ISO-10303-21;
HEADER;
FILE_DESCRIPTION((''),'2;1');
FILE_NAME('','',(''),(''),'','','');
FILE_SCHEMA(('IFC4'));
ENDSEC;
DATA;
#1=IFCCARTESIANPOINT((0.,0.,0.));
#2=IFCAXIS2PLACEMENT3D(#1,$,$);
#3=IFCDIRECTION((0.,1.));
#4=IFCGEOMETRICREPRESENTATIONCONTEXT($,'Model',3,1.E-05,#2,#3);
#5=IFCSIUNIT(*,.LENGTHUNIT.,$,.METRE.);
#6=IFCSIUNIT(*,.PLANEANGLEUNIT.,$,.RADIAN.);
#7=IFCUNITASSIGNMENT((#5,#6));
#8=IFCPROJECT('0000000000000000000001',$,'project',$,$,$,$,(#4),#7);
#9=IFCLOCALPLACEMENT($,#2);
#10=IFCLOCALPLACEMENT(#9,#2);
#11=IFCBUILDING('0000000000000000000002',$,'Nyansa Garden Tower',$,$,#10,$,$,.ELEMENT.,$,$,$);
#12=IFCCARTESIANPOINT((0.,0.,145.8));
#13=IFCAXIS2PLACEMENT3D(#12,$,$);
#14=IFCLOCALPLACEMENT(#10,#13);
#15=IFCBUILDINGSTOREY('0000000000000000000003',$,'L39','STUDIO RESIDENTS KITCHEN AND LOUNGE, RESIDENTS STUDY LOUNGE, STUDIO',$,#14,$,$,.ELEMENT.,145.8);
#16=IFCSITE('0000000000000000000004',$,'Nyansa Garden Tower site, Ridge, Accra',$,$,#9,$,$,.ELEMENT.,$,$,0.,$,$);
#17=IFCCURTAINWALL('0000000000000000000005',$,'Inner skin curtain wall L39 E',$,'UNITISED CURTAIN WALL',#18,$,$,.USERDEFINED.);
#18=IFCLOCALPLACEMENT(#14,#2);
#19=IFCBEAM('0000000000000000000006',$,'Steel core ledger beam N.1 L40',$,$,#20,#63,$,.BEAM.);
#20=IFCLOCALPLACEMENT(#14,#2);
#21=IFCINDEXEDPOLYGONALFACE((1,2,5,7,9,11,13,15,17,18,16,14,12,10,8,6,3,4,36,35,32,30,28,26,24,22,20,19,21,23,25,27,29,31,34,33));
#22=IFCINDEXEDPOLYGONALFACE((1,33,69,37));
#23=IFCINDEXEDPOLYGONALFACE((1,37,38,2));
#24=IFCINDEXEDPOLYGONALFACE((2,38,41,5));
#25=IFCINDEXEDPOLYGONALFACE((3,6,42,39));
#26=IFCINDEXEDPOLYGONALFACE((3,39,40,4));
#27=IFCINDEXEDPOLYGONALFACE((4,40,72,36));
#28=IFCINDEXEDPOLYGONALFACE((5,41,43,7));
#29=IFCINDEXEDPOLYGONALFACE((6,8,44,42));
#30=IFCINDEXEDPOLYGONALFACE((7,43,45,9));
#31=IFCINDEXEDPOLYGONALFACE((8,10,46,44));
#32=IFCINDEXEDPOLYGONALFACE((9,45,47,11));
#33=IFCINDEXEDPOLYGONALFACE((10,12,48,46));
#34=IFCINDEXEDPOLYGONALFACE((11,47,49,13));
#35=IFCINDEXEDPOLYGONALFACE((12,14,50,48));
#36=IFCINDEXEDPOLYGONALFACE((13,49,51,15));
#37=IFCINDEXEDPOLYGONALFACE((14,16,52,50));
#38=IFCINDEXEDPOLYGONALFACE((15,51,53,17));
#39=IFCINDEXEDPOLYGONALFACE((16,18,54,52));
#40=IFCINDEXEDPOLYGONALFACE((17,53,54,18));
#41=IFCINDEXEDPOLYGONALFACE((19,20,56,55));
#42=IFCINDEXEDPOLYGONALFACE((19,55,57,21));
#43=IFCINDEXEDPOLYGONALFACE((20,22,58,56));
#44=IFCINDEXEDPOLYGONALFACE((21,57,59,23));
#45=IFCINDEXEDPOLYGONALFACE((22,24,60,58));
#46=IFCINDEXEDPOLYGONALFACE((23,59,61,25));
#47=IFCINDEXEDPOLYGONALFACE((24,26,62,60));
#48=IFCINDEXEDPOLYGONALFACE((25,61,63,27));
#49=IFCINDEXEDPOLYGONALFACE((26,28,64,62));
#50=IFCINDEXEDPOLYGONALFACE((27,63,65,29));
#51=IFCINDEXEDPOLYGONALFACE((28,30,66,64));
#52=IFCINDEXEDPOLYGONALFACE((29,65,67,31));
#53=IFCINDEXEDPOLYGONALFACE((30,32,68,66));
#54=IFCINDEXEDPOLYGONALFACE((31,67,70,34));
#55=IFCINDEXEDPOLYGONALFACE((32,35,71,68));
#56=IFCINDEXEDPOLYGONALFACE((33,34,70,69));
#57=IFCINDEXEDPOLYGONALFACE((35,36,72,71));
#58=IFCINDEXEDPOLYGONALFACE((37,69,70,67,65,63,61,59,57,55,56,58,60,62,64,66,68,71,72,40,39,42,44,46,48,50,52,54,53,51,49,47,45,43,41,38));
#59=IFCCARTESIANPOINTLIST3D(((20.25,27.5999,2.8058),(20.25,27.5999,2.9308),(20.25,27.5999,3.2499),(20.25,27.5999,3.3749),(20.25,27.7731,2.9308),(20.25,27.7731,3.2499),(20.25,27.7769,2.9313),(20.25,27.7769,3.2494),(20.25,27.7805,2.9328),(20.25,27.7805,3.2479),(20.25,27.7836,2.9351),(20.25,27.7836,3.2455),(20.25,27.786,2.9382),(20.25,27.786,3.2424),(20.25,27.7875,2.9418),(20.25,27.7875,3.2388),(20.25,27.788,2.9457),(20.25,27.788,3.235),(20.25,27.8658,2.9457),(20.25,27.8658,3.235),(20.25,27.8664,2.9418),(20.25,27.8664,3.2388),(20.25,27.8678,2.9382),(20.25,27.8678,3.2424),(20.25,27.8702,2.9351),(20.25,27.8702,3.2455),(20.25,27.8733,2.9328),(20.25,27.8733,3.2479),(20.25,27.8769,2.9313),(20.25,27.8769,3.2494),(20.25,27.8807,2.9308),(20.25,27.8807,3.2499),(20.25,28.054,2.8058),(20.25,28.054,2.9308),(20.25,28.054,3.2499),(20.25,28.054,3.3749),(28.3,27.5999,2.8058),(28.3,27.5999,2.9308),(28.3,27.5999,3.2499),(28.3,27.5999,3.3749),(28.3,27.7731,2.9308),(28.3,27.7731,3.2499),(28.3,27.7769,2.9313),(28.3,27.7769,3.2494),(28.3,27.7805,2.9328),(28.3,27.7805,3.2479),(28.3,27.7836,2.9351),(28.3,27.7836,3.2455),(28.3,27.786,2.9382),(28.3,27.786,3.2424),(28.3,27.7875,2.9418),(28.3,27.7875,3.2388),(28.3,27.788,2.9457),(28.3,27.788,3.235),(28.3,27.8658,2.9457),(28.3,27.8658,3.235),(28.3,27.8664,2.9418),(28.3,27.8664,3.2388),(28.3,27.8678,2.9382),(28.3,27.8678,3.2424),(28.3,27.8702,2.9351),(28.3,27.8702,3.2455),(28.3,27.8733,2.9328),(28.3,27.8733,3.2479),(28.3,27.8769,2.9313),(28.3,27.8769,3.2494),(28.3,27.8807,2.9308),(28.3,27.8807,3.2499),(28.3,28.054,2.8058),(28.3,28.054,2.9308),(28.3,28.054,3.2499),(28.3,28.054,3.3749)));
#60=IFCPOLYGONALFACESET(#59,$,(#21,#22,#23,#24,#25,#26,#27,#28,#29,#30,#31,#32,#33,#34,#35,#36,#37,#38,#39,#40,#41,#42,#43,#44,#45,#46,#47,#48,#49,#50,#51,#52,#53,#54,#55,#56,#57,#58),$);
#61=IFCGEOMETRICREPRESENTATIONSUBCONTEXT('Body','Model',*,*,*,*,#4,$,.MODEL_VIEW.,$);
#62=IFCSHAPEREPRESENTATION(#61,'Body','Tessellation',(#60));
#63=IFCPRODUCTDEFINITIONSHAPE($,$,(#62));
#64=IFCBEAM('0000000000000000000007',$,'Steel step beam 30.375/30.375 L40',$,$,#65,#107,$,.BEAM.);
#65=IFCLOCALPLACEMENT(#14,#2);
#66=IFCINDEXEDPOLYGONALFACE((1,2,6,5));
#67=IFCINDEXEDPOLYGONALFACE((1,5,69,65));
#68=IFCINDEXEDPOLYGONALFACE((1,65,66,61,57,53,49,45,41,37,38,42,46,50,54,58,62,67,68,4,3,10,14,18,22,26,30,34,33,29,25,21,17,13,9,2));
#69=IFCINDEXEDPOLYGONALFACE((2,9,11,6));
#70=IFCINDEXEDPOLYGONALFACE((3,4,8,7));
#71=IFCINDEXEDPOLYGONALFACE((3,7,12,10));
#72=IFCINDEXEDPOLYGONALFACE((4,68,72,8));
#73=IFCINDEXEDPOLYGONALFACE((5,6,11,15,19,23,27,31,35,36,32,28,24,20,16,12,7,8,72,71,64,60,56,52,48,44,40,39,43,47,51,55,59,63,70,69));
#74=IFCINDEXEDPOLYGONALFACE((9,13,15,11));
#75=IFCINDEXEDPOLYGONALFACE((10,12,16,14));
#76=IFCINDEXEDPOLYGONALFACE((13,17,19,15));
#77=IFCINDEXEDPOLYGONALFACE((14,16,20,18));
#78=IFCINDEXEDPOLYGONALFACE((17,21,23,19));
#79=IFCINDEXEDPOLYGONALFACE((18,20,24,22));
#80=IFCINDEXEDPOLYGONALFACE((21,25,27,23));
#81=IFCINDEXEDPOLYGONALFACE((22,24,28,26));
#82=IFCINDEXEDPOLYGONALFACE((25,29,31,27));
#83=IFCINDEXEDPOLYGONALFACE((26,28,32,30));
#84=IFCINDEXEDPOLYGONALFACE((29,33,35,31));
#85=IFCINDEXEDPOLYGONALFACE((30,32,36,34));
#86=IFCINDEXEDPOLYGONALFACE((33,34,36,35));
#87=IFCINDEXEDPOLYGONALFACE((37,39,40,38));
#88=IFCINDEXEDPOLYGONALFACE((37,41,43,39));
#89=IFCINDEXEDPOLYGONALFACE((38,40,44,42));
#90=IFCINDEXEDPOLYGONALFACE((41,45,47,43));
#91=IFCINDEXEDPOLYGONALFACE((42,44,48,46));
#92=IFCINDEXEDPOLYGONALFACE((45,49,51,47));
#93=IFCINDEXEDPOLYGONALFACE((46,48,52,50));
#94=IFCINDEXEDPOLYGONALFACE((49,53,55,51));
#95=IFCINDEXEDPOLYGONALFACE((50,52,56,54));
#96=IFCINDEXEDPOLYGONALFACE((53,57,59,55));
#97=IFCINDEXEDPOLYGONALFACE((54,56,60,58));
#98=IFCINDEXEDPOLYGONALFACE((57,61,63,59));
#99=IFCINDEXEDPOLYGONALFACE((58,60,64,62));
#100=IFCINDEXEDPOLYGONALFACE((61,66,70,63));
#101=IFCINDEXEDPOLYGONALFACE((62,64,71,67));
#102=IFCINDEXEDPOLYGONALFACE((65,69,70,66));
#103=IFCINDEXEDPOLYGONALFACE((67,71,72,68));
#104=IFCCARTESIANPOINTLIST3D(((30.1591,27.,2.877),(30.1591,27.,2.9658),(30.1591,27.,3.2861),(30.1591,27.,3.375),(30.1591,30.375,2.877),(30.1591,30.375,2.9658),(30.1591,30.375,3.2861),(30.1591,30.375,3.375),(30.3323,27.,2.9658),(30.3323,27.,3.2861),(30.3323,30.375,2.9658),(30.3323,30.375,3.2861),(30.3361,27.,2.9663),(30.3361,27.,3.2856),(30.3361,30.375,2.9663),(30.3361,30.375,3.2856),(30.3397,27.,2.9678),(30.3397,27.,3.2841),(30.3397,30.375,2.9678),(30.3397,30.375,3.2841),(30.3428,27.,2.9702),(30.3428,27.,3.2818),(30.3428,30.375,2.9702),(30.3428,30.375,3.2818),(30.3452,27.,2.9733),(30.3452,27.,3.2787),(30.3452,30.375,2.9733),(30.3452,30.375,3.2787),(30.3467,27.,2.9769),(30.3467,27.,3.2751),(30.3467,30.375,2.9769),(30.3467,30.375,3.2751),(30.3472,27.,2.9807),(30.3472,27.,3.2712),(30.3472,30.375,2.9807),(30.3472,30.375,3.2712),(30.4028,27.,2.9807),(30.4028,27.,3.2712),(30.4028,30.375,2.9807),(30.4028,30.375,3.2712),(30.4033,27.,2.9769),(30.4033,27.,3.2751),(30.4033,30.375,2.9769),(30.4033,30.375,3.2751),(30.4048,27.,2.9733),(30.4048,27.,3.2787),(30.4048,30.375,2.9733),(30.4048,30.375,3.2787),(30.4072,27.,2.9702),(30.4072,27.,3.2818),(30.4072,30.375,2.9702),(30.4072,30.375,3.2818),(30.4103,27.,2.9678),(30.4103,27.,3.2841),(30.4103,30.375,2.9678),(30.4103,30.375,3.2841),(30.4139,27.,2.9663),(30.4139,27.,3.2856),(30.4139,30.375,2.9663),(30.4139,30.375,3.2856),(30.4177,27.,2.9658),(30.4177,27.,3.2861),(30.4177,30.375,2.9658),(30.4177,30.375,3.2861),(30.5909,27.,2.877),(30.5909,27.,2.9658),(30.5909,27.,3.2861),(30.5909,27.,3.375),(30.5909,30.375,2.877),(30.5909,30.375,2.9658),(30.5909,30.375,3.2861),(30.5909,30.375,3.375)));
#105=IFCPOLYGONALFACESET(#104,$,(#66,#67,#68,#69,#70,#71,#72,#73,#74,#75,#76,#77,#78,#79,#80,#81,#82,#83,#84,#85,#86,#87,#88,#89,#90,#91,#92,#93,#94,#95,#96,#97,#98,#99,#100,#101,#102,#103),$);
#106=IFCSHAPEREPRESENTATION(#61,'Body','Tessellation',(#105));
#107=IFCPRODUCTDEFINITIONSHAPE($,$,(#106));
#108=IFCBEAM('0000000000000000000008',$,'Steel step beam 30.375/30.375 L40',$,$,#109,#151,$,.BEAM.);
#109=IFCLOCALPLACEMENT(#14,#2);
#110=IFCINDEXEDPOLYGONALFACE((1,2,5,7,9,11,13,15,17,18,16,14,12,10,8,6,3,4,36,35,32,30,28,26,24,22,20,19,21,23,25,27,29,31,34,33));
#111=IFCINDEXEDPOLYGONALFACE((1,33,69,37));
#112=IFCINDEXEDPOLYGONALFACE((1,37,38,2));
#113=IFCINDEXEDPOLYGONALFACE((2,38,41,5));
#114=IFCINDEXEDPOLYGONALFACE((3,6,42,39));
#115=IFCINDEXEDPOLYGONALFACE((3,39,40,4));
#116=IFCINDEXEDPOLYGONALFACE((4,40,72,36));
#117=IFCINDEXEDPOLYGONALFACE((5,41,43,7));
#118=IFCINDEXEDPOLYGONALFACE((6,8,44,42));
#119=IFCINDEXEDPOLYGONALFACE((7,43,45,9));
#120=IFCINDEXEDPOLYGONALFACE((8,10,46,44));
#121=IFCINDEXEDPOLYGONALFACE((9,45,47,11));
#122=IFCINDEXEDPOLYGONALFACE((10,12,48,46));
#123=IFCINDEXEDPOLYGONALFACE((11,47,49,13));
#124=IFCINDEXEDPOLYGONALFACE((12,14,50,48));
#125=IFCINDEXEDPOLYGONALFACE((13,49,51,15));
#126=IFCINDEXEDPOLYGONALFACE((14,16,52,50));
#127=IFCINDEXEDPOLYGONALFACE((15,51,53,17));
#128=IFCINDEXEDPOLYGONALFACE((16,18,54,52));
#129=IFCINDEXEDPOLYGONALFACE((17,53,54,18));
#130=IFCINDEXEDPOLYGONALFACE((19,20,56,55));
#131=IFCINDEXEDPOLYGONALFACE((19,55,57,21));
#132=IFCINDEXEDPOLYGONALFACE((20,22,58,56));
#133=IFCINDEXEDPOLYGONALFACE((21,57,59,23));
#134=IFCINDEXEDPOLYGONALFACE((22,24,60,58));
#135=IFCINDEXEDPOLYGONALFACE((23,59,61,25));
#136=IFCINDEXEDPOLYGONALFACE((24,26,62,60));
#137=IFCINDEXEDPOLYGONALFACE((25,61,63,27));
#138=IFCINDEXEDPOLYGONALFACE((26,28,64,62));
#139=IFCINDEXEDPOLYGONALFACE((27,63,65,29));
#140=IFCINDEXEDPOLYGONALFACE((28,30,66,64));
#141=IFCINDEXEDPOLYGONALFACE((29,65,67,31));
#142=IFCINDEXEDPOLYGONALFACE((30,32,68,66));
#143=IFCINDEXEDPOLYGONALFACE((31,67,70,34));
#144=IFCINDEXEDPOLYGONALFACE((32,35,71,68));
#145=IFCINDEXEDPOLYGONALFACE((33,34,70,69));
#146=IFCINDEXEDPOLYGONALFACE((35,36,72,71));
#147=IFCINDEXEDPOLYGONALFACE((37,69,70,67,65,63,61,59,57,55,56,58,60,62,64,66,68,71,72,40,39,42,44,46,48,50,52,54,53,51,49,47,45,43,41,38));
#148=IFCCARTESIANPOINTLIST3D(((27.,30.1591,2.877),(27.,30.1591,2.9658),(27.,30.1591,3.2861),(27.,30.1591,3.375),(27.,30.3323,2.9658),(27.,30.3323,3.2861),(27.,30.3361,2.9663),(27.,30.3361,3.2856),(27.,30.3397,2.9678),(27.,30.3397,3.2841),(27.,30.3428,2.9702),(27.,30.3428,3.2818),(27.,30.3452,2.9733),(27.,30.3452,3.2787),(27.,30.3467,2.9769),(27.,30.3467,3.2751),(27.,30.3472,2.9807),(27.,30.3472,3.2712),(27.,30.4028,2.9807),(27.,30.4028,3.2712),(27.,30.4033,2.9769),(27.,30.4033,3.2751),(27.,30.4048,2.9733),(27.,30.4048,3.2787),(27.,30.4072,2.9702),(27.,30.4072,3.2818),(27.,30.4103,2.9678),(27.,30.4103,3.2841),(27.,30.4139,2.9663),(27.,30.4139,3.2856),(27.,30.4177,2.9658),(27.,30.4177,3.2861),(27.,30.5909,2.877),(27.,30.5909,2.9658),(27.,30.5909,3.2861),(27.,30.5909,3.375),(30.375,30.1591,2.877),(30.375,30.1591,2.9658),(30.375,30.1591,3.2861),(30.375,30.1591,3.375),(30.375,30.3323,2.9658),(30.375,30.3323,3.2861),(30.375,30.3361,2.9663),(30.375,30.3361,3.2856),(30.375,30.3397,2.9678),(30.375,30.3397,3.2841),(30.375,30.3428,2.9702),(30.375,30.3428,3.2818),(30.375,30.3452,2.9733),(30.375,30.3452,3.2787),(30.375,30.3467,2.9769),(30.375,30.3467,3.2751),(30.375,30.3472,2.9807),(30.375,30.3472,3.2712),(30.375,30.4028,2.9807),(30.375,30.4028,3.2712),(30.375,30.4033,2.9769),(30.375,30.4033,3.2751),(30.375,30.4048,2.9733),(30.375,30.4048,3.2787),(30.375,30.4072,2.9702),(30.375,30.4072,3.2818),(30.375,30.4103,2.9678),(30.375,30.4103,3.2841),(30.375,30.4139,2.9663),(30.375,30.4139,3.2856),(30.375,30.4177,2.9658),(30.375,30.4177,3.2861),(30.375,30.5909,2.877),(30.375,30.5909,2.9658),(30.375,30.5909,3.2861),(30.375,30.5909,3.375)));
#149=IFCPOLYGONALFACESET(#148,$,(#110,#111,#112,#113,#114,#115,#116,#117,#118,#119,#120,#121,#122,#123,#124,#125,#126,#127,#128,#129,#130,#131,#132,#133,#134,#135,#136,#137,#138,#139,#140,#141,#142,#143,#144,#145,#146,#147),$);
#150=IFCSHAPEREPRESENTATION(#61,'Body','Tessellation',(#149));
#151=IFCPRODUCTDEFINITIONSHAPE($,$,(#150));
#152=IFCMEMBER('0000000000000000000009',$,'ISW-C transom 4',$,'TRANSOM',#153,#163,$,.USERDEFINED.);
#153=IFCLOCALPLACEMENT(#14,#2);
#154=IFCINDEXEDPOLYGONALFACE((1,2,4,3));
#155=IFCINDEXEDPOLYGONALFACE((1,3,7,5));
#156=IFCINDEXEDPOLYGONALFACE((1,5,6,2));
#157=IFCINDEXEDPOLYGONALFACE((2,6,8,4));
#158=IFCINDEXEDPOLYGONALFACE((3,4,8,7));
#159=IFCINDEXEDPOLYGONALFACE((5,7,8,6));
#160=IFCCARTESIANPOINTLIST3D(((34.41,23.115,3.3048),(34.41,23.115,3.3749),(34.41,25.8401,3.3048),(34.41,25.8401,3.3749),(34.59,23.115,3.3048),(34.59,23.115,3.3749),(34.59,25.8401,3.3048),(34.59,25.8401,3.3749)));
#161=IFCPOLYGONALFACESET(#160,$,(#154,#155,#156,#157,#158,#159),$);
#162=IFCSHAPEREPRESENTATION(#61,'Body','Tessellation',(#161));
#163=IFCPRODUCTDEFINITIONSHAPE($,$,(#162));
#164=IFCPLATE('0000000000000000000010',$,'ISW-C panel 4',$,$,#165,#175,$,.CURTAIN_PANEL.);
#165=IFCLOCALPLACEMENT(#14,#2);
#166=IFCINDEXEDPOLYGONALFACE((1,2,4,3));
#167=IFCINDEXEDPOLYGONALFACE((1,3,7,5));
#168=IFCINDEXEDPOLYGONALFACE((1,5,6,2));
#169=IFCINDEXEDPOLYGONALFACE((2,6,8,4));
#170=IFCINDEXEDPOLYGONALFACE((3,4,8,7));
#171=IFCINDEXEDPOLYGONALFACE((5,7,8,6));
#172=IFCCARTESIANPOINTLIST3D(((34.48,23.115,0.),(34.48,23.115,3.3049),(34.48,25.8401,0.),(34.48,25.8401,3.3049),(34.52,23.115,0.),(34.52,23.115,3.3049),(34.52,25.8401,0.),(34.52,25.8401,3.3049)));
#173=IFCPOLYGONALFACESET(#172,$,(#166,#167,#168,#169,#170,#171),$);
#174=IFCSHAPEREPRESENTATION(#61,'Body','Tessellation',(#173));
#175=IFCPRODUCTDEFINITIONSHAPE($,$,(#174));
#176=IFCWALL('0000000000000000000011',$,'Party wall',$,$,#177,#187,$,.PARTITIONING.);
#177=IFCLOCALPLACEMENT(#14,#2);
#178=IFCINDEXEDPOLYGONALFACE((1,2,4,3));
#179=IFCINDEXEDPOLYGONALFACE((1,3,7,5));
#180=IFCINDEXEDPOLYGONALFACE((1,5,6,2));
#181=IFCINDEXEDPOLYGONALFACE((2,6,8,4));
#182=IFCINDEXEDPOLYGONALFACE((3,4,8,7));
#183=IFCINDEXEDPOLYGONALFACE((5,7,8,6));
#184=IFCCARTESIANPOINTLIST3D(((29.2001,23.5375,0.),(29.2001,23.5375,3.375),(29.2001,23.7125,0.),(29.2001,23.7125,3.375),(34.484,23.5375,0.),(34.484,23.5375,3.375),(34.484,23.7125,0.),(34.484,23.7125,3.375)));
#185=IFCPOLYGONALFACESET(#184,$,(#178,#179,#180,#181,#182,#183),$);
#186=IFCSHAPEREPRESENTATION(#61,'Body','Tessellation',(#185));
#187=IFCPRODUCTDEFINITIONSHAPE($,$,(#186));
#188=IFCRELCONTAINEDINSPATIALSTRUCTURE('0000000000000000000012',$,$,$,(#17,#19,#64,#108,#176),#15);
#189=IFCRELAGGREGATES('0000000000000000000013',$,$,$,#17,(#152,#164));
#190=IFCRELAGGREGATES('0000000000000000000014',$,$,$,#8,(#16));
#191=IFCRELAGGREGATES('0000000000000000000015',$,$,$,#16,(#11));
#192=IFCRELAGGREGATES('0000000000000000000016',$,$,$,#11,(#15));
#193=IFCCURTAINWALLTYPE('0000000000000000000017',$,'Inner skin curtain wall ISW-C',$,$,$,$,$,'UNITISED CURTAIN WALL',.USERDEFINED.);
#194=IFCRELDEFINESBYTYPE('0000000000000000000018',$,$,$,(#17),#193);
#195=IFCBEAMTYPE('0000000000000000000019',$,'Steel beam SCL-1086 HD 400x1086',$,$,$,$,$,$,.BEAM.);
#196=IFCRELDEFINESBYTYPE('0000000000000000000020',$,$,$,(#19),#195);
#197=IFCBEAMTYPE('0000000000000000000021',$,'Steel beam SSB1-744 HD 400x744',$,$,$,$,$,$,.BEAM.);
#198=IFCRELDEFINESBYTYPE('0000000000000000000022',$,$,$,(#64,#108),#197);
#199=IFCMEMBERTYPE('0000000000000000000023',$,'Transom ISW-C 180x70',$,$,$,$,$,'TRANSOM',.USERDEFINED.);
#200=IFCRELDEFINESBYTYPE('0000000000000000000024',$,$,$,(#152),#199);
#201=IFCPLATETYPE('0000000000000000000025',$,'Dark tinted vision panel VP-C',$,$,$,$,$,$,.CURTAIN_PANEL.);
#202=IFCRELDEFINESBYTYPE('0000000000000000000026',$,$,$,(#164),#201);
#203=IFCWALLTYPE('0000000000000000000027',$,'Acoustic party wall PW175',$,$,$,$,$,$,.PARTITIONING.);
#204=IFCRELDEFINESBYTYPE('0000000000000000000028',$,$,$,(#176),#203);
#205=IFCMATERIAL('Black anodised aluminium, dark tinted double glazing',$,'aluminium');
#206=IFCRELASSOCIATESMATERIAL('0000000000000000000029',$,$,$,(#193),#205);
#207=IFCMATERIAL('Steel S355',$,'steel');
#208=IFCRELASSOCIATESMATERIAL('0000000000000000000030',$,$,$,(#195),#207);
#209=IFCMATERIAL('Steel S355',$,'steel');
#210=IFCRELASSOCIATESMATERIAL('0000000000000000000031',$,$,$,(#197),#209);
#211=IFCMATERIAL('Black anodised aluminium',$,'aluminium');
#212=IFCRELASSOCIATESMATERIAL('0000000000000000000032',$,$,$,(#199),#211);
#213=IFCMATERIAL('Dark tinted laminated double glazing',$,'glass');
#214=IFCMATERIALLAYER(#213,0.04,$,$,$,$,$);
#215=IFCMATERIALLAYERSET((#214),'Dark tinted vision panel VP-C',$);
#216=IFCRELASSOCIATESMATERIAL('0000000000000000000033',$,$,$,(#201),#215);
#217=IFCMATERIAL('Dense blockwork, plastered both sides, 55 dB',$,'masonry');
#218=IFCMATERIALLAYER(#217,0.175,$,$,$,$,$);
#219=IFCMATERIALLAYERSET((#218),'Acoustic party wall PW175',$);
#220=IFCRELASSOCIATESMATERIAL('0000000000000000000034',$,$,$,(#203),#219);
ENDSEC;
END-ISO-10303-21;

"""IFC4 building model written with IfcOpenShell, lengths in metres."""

from ifc_helpers import new_model, si_unit, direction, frame, frame_2d, origin, origin_2d, place, context, subcontext, project, spatial, rectangle, i_section, extrude, material, layer, layer_set, material_profile, profile_set, type_object, element, aggregate, save


model = new_model("IFC4")

# Units and contexts
model_context = context("Model", 3, precision=1e-05, world=origin(), true_north=direction((0.0, 1.0)))
body_context = subcontext(model_context, "Body", "Model", "MODEL_VIEW")
ifc_project = project(units=[si_unit("LENGTHUNIT", "METRE"), si_unit("PLANEANGLEUNIT", "RADIAN")], contexts=[model_context])

# Site, building, storey
site_placement = place(None, origin())
site = spatial("IfcSite", under=ifc_project, at=site_placement, Name="Nyansa Garden Tower site, Ridge, Accra", CompositionType="ELEMENT", RefElevation=0.0)
building_placement = place(site_placement, origin())
building = spatial("IfcBuilding", under=site, at=building_placement, Name="Nyansa Garden Tower", CompositionType="ELEMENT")
storey_placement = place(building_placement, frame((0.0, 0.0, 145.8)))
storey = spatial("IfcBuildingStorey", under=building, at=storey_placement, Name="L39", Description="STUDIO RESIDENTS KITCHEN AND LOUNGE, RESIDENTS STUDY LOUNGE, STUDIO", CompositionType="ELEMENT", Elevation=145.8)

# Curtain wall
ifc_material_1 = material(Name="Black anodised aluminium, dark tinted double glazing", Category="aluminium")
curtain_wall_type = type_object("IfcCurtainWallType", Name="Inner skin curtain wall ISW-C", ElementType="UNITISED CURTAIN WALL", PredefinedType="USERDEFINED", material=ifc_material_1)
curtain_wall_placement = place(storey_placement, origin())
curtain_wall = element("IfcCurtainWall", 1, at=curtain_wall_placement, inside=storey, type_object=curtain_wall_type, Name="Inner skin curtain wall L39 E", ObjectType="UNITISED CURTAIN WALL", PredefinedType="USERDEFINED")

# Beams
ifc_material_2 = material(Name="Steel S355", Category="steel")
ifc_material_profile_1 = material_profile(ifc_material_2, i_section(OverallWidth=0.4541, OverallDepth=0.5691, WebThickness=0.0779, FlangeThickness=0.125, FilletRadius=0.0149, at=origin_2d()), Name="HD 400x1086")
ifc_profile_set_1 = profile_set([ifc_material_profile_1], Name="Steel S355")
beam_type_1 = type_object("IfcBeamType", Name="Steel beam SCL-1086 HD 400x1086", PredefinedType="BEAM", material=ifc_profile_set_1)
beam_1_placement = place(storey_placement, frame((28.3, 27.8269, 3.0903), z_axis=(-1.0, 0.0, 0.0), x_axis=(0.0, -1.0, 0.0)))
element("IfcBeam", 2, at=beam_1_placement, inside=storey, type_object=beam_type_1, Name="Steel core ledger beam N.1 L40", PredefinedType="BEAM", context=body_context, shape_type="SweptSolid", body=[
    extrude(i_section(OverallWidth=0.4541, OverallDepth=0.5691, WebThickness=0.0779, FlangeThickness=0.125, FilletRadius=0.0149, at=origin_2d()), origin(), (0.0, 0.0, 1.0), 8.05),
])
ifc_material_3 = material(Name="Steel S355", Category="steel")
ifc_material_profile_2 = material_profile(ifc_material_3, i_section(OverallWidth=0.4319, OverallDepth=0.498, WebThickness=0.0557, FlangeThickness=0.0889, FilletRadius=0.0149, at=origin_2d()), Name="HD 400x744")
ifc_profile_set_2 = profile_set([ifc_material_profile_2], Name="Steel S355")
beam_type_2 = type_object("IfcBeamType", Name="Steel beam SSB1-744 HD 400x744", PredefinedType="BEAM", material=ifc_profile_set_2)
for number, where, z_axis, x_axis, name in (
    (3, (30.375, 30.375, 3.126), (0.0, -1.0, 0.0), (1.0, 0.0, 0.0), "Steel step beam 30.375/30.375 L40"),
    (4, (30.375, 30.375, 3.126), (-1.0, 0.0, 0.0), (0.0, -1.0, 0.0), "Steel step beam 30.375/30.375 L40"),
):
    element("IfcBeam", number, at=place(storey_placement, frame(where, z_axis=z_axis, x_axis=x_axis)), inside=storey, type_object=beam_type_2, Name=name, PredefinedType="BEAM", context=body_context, shape_type="SweptSolid", body=[
        extrude(i_section(OverallWidth=0.4319, OverallDepth=0.498, WebThickness=0.0557, FlangeThickness=0.0889, FilletRadius=0.0149, at=origin_2d()), origin(), (0.0, 0.0, 1.0), 3.375),
    ])

# Member
ifc_material_4 = material(Name="Black anodised aluminium", Category="aluminium")
ifc_material_profile_3 = material_profile(ifc_material_4, rectangle(XDim=0.1799, YDim=0.0701, at=origin_2d()), Name="Transom 180x70")
ifc_profile_set_3 = profile_set([ifc_material_profile_3], Name="Black anodised aluminium")
member_type_1 = type_object("IfcMemberType", Name="Transom ISW-C 180x70", ElementType="TRANSOM", PredefinedType="USERDEFINED", material=ifc_profile_set_3)
member_1_placement = place(storey_placement, frame((34.5, 23.115, 3.3398), z_axis=(0.0, 1.0, 0.0), x_axis=(-1.0, 0.0, 0.0)))
member_1 = element("IfcMember", 5, at=member_1_placement, type_object=member_type_1, Name="ISW-C transom 4", ObjectType="TRANSOM", PredefinedType="USERDEFINED", context=body_context, shape_type="SweptSolid", body=[
    extrude(rectangle(XDim=0.1799, YDim=0.0701, at=origin_2d()), origin(), (0.0, 0.0, 1.0), 2.7251),
])

# Plate
ifc_material_5 = material(Name="Dark tinted laminated double glazing", Category="glass")
ifc_layer_1 = layer(ifc_material_5, 0.04)
ifc_layer_set_1 = layer_set([ifc_layer_1], Name="Dark tinted vision panel VP-C")
plate_type = type_object("IfcPlateType", Name="Dark tinted vision panel VP-C", PredefinedType="CURTAIN_PANEL", material=ifc_layer_set_1)
plate_placement = place(storey_placement, frame((34.5, 24.4775, 0.0), z_axis=(0.0, 0.0, 1.0), x_axis=(0.0, 1.0, 0.0)))
plate = element("IfcPlate", 6, at=plate_placement, type_object=plate_type, Name="ISW-C panel 4", PredefinedType="CURTAIN_PANEL", context=body_context, shape_type="SweptSolid", body=[
    extrude(rectangle(XDim=2.7251, YDim=0.04, at=origin_2d()), origin(), (0.0, 0.0, 1.0), 3.3049),
])
aggregate(curtain_wall, [member_1, plate])

# Wall
ifc_material_6 = material(Name="Dense blockwork, plastered both sides, 55 dB", Category="masonry")
ifc_layer_2 = layer(ifc_material_6, 0.175)
ifc_layer_set_2 = layer_set([ifc_layer_2], Name="Acoustic party wall PW175")
wall_type_1 = type_object("IfcWallType", Name="Acoustic party wall PW175", PredefinedType="PARTITIONING", material=ifc_layer_set_2)
wall_1_placement = place(storey_placement, frame((29.2, 23.625, 0.0), z_axis=(0.0, 0.0, 1.0), x_axis=(1.0, 0.0, 0.0)))
element("IfcWall", 7, at=wall_1_placement, inside=storey, type_object=wall_type_1, Name="Party wall", PredefinedType="PARTITIONING", context=body_context, shape_type="SweptSolid", body=[
    extrude(rectangle(XDim=5.2839, YDim=0.175, at=frame_2d((2.6421, 0.0))), origin(), (0.0, 0.0, 1.0), 3.375),
])

save(model, "model.ifc")
